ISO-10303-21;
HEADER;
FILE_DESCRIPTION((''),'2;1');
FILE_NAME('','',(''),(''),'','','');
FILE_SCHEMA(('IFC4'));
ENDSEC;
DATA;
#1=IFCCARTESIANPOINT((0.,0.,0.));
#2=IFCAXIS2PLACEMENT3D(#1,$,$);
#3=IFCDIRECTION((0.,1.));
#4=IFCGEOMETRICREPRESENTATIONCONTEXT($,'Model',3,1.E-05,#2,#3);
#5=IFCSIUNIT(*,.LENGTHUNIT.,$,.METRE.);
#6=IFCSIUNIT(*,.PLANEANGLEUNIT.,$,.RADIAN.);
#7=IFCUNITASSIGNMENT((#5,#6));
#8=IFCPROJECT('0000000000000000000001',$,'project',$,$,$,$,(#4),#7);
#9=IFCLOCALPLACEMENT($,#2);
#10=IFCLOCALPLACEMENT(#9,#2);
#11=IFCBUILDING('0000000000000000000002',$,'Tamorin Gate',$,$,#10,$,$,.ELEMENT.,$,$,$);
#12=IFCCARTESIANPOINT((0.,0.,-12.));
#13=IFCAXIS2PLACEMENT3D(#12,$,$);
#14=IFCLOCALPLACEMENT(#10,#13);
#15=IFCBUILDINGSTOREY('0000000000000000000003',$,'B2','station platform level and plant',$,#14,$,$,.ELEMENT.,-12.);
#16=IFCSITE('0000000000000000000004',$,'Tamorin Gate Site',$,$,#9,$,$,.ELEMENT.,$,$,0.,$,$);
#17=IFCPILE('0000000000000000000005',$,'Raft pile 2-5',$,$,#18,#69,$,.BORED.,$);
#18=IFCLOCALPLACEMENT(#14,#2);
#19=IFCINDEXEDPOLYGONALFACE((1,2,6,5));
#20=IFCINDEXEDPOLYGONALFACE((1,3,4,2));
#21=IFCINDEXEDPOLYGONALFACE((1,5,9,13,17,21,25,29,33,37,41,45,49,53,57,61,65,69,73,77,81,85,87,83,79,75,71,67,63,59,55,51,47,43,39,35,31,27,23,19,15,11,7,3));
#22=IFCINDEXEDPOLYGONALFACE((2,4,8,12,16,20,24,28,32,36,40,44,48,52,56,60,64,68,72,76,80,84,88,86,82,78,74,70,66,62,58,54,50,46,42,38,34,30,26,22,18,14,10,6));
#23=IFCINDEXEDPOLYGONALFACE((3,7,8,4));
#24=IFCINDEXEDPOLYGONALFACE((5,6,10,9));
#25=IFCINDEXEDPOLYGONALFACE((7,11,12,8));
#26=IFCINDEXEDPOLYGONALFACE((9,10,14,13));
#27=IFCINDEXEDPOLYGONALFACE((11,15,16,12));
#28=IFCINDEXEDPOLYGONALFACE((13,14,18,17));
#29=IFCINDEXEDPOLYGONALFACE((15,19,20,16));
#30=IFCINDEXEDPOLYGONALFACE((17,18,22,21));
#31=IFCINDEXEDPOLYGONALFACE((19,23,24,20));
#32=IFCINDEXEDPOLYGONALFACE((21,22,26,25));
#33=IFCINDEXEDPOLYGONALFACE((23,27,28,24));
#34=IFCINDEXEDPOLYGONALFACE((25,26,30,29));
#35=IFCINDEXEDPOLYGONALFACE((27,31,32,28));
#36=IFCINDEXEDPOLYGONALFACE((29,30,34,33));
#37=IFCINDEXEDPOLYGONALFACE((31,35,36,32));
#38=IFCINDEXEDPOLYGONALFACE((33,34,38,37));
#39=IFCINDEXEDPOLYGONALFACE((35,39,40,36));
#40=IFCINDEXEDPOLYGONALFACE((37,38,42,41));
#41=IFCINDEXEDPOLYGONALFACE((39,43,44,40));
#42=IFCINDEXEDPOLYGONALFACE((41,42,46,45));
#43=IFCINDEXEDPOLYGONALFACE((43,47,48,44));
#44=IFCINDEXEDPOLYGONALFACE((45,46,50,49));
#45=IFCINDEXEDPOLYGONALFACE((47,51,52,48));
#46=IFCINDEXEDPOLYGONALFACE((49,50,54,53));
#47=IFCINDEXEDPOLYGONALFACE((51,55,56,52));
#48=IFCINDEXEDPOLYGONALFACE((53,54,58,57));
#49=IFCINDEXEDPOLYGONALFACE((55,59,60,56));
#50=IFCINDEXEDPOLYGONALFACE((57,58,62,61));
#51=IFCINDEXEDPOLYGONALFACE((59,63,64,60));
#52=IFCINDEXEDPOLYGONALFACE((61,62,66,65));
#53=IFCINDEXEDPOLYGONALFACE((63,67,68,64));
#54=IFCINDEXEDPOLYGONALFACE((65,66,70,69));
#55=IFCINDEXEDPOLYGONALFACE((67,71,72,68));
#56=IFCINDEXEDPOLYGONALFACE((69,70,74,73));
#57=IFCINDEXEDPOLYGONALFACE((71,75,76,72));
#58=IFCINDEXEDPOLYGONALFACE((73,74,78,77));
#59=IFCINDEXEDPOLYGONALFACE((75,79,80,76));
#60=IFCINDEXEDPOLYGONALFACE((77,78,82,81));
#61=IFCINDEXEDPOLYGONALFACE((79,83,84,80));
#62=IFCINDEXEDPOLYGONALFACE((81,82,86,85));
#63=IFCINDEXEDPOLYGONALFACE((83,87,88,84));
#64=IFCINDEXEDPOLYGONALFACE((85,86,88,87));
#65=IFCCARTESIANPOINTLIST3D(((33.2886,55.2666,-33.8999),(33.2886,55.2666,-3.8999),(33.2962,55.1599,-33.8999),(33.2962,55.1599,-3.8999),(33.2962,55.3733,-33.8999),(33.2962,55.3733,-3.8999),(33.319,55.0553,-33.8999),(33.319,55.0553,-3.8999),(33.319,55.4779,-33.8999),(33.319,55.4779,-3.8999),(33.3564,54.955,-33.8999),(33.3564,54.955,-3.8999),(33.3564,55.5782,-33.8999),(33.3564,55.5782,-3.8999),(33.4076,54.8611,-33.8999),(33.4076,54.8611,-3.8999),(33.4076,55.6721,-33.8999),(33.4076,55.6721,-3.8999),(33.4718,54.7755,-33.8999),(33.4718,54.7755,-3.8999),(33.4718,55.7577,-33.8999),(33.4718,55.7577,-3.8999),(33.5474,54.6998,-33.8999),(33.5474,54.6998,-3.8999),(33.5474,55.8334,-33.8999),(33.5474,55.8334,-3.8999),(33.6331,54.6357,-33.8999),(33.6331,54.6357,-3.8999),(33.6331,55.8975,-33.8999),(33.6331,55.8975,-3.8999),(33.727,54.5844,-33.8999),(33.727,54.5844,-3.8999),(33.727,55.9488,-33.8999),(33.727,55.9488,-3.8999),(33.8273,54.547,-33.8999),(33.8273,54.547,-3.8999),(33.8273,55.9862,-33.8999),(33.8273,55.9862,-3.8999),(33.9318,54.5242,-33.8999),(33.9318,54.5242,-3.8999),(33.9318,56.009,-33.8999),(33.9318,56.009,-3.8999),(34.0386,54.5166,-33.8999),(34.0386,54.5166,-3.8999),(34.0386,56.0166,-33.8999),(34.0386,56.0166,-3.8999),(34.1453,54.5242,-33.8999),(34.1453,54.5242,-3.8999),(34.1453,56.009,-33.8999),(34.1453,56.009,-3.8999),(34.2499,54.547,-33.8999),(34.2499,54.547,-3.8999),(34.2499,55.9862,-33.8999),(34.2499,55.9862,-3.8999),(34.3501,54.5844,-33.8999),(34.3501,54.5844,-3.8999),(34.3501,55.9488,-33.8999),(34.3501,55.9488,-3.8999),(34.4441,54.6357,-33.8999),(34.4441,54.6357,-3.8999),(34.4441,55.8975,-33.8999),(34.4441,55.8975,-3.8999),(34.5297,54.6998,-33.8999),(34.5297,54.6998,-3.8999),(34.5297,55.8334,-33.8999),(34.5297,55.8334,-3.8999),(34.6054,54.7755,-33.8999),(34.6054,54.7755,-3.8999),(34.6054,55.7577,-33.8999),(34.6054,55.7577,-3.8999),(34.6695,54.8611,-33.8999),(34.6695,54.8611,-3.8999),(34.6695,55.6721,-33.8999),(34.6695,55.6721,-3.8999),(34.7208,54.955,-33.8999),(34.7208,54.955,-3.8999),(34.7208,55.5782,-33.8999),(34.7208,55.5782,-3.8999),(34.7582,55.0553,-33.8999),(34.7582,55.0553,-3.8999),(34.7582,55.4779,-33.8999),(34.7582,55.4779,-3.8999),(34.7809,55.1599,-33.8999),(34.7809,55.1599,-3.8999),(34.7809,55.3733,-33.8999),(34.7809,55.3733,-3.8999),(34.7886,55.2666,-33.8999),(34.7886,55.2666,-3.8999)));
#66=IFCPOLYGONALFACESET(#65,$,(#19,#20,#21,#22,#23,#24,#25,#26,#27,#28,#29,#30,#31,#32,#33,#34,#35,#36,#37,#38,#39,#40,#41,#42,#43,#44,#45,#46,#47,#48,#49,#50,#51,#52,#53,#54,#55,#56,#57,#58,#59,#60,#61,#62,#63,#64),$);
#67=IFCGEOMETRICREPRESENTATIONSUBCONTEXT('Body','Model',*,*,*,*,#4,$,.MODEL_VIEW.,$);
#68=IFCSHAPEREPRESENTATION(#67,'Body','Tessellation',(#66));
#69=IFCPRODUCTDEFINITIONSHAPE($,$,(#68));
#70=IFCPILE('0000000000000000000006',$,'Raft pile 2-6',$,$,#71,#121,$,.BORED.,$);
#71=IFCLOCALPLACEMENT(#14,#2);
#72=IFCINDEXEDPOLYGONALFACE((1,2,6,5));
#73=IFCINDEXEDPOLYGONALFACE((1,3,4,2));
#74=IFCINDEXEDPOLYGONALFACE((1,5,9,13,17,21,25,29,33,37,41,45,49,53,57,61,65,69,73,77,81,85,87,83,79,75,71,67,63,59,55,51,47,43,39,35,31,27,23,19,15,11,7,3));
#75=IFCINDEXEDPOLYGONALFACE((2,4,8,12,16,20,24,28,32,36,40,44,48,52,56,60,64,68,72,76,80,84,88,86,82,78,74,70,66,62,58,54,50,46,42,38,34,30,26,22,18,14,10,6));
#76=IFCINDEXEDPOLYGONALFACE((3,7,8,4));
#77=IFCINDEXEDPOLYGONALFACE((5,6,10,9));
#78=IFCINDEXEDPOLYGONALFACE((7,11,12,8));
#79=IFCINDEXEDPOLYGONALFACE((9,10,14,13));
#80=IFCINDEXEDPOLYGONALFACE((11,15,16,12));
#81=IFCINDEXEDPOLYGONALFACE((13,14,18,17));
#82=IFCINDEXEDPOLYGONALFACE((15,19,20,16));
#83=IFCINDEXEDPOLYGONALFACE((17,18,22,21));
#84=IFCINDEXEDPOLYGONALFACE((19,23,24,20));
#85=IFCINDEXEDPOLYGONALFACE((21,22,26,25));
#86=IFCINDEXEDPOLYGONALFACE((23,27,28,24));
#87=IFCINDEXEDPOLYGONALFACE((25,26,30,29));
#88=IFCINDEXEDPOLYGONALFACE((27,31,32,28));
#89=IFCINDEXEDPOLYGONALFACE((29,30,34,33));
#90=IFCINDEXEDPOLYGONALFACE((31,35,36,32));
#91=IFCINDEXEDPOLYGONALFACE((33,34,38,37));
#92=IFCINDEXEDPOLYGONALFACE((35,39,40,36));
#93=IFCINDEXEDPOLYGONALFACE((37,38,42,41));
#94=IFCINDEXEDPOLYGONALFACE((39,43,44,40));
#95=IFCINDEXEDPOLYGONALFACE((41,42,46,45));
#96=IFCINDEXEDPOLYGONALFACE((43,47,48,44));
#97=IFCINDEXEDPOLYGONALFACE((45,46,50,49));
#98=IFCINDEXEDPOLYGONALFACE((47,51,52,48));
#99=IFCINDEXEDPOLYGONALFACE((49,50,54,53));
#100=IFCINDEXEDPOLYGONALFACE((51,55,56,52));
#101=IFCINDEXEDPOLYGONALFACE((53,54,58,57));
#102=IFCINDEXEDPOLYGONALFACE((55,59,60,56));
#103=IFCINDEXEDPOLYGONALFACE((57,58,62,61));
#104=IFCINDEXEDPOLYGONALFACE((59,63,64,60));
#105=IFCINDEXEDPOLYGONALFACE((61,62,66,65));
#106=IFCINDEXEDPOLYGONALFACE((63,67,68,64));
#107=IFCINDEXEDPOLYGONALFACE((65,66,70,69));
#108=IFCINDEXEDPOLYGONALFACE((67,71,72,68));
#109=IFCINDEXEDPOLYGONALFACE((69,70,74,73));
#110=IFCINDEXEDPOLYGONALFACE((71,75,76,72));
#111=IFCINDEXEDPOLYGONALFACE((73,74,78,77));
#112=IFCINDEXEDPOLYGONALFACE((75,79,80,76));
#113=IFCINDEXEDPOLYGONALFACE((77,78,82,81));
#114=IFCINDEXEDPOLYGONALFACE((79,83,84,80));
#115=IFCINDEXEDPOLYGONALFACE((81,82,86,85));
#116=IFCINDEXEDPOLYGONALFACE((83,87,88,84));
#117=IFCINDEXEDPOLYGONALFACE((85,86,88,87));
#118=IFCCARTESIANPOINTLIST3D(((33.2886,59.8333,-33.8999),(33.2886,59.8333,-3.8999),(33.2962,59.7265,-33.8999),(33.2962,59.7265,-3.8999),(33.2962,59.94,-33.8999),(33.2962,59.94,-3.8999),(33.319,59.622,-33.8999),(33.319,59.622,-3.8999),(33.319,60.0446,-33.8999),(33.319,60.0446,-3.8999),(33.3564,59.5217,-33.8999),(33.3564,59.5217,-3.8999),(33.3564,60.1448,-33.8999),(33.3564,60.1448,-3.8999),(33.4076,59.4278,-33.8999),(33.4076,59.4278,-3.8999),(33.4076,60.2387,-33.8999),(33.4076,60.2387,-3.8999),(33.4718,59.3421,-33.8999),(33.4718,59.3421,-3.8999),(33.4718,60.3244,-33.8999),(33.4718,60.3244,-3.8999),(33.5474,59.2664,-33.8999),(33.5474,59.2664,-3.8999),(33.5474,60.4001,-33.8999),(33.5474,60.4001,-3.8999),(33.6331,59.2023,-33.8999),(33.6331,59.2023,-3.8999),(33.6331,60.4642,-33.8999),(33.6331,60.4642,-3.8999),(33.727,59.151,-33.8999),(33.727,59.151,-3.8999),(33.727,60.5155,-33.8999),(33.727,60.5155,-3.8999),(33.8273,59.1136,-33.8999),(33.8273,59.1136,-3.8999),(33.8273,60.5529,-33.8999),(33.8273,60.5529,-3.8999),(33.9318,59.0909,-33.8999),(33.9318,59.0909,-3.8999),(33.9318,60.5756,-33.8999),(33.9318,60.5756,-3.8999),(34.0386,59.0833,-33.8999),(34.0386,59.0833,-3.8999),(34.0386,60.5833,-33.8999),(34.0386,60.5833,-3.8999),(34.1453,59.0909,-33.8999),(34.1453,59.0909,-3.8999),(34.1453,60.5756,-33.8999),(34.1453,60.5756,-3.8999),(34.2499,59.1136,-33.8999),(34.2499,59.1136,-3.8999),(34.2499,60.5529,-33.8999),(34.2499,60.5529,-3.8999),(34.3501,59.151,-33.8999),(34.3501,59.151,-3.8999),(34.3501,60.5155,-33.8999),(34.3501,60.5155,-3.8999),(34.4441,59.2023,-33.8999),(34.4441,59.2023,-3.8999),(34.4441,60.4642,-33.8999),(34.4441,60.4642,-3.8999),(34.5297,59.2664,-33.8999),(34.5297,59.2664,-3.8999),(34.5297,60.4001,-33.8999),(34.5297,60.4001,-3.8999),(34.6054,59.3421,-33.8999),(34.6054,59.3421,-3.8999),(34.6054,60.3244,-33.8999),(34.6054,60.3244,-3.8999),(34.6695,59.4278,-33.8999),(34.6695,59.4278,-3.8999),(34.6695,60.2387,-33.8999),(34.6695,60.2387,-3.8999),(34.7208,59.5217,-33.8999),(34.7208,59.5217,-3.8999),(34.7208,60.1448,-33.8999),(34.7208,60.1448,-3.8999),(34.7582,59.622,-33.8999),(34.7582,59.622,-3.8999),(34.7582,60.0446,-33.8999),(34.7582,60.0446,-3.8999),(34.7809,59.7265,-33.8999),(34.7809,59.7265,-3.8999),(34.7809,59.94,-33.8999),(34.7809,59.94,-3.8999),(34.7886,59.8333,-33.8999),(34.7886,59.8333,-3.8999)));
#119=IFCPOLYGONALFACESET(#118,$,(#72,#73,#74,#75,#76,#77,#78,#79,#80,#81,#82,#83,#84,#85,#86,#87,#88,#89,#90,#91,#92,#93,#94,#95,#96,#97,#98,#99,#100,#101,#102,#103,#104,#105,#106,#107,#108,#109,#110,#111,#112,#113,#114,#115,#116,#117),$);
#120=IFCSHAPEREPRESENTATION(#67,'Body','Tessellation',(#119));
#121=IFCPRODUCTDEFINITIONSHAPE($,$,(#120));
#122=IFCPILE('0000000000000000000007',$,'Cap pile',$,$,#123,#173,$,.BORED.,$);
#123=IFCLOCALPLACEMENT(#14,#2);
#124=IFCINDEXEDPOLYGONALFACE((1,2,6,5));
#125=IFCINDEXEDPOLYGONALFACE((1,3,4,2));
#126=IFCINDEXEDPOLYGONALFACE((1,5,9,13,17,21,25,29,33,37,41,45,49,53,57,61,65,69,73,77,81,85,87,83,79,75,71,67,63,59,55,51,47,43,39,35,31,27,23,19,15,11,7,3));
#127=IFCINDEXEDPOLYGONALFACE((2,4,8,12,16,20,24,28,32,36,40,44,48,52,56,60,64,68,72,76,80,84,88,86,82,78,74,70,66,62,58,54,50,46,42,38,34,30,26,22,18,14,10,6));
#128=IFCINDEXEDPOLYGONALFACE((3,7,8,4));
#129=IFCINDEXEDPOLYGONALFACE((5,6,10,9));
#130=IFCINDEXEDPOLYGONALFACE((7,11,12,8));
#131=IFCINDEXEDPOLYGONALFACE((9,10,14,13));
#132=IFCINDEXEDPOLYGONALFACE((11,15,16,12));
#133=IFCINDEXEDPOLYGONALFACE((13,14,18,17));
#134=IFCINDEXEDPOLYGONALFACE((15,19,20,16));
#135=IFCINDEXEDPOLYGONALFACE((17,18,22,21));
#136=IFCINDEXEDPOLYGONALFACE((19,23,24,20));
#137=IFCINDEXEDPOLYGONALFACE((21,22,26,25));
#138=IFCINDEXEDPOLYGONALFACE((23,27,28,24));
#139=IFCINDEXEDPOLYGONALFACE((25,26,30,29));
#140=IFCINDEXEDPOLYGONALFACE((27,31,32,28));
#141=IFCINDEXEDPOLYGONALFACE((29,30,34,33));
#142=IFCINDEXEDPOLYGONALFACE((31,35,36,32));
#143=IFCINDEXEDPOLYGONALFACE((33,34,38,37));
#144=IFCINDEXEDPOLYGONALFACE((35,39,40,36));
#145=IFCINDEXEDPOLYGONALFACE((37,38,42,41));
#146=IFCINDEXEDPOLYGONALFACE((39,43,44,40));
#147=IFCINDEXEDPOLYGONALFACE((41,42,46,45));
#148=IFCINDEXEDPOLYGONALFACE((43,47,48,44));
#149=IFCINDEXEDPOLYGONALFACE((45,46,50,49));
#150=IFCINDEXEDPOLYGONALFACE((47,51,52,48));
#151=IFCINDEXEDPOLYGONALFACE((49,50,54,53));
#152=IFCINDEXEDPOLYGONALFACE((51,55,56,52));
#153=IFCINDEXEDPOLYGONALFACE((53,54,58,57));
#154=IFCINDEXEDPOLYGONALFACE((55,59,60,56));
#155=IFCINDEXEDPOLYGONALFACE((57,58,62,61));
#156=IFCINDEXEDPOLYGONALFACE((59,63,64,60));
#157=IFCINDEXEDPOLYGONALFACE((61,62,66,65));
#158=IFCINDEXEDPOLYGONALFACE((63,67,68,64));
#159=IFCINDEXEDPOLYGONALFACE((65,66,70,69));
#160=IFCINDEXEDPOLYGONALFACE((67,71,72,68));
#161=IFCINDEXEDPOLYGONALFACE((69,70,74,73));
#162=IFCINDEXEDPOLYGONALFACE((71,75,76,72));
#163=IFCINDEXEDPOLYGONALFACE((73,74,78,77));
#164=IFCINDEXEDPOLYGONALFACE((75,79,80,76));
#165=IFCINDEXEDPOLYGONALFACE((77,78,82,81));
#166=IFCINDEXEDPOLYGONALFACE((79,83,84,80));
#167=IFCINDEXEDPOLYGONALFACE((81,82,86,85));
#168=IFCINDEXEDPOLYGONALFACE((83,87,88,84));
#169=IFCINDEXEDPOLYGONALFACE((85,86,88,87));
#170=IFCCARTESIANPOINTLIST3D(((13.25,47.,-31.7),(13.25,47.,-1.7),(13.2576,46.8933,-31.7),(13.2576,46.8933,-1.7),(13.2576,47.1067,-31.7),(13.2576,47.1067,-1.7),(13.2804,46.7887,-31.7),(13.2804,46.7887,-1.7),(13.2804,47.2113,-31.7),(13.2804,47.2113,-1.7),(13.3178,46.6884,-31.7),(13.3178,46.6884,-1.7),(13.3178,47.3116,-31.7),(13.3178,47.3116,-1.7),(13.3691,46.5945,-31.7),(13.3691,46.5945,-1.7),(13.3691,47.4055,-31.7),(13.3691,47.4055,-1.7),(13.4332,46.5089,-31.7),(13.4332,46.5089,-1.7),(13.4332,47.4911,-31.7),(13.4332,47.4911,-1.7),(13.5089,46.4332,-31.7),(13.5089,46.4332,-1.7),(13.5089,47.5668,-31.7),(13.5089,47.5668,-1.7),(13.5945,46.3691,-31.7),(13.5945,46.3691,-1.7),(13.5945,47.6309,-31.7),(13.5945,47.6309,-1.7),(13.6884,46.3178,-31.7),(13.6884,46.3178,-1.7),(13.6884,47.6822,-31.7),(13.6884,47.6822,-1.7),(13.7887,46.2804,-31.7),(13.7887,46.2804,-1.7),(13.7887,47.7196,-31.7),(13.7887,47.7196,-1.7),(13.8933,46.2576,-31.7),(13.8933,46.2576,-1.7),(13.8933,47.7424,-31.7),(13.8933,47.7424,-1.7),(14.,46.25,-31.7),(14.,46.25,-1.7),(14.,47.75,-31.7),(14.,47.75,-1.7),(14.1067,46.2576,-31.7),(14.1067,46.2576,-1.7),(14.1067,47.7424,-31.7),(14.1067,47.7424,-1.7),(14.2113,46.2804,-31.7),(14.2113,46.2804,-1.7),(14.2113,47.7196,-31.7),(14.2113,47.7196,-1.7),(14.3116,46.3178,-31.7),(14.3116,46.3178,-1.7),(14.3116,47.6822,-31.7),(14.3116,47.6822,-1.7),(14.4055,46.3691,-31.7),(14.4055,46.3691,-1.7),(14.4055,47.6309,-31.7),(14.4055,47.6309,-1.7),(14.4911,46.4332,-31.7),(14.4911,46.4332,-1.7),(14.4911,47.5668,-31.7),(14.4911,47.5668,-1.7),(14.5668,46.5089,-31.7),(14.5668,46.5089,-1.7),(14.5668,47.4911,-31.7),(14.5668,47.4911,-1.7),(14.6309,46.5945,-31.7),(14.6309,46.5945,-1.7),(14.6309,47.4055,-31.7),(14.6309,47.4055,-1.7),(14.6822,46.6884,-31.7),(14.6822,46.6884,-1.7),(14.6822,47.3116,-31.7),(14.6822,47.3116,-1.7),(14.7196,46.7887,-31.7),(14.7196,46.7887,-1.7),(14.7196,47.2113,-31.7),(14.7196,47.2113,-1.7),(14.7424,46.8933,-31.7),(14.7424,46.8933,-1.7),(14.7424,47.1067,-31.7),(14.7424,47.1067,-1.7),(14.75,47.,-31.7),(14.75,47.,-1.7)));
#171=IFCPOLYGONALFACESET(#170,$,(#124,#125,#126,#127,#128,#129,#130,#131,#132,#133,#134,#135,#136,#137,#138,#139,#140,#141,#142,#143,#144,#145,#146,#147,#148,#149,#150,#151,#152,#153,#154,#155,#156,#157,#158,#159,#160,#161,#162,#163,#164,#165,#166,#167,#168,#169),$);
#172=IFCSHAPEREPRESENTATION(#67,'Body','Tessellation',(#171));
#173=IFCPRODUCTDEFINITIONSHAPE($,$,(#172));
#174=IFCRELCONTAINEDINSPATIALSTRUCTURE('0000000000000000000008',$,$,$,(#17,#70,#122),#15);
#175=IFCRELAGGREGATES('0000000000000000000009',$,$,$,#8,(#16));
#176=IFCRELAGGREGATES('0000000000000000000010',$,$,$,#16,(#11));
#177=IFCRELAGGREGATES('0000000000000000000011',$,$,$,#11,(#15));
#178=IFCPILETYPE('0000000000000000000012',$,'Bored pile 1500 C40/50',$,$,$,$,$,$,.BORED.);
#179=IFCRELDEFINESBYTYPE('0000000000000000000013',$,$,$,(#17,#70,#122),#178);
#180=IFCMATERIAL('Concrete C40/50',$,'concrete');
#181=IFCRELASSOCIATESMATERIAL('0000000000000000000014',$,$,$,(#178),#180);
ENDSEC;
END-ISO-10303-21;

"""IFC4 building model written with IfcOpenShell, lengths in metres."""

from ifc_helpers import new_model, si_unit, direction, frame, origin, origin_2d, place, context, subcontext, project, spatial, circle, extrude, material, material_profile, profile_set, type_object, element, save


model = new_model("IFC4")

# Units and contexts
model_context = context("Model", 3, precision=1e-05, world=origin(), true_north=direction((0.0, 1.0)))
body_context = subcontext(model_context, "Body", "Model", "MODEL_VIEW")
ifc_project = project(units=[si_unit("LENGTHUNIT", "METRE"), si_unit("PLANEANGLEUNIT", "RADIAN")], contexts=[model_context])

# Site, building, storey
site_placement = place(None, origin())
site = spatial("IfcSite", under=ifc_project, at=site_placement, Name="Tamorin Gate Site", CompositionType="ELEMENT", RefElevation=0.0)
building_placement = place(site_placement, origin())
building = spatial("IfcBuilding", under=site, at=building_placement, Name="Tamorin Gate", CompositionType="ELEMENT")
storey_placement = place(building_placement, frame((0.0, 0.0, -12.0)))
storey = spatial("IfcBuildingStorey", under=building, at=storey_placement, Name="B2", Description="station platform level and plant", CompositionType="ELEMENT", Elevation=-12.0)

# Piles
ifc_material_1 = material(Name="Concrete C40/50", Category="concrete")
ifc_material_profile_1 = material_profile(ifc_material_1, circle(Radius=0.75, at=origin_2d()))
ifc_profile_set_1 = profile_set([ifc_material_profile_1], Name="Concrete C40/50")
pile_type = type_object("IfcPileType", Name="Bored pile 1500 C40/50", PredefinedType="BORED", material=ifc_profile_set_1)
for number, where, z_axis, x_axis, name in (
    (1, (34.0386, 55.2666, -3.8999), (0.0, 0.0, -1.0), (1.0, 0.0, 0.0), "Raft pile 2-5"),
    (2, (34.0386, 59.8333, -3.8999), (0.0, 0.0, -1.0), (1.0, 0.0, 0.0), "Raft pile 2-6"),
    (3, (14.0, 47.0, -1.7), (0.0, 0.0, -1.0), (1.0, 0.0, 0.0), "Cap pile"),
):
    element("IfcPile", number, at=place(storey_placement, frame(where, z_axis=z_axis, x_axis=x_axis)), inside=storey, type_object=pile_type, Name=name, PredefinedType="BORED", context=body_context, shape_type="SweptSolid", body=[
        extrude(circle(Radius=0.75, at=origin_2d()), origin(), (0.0, 0.0, 1.0), 30.0),
    ])

save(model, "model.ifc")
